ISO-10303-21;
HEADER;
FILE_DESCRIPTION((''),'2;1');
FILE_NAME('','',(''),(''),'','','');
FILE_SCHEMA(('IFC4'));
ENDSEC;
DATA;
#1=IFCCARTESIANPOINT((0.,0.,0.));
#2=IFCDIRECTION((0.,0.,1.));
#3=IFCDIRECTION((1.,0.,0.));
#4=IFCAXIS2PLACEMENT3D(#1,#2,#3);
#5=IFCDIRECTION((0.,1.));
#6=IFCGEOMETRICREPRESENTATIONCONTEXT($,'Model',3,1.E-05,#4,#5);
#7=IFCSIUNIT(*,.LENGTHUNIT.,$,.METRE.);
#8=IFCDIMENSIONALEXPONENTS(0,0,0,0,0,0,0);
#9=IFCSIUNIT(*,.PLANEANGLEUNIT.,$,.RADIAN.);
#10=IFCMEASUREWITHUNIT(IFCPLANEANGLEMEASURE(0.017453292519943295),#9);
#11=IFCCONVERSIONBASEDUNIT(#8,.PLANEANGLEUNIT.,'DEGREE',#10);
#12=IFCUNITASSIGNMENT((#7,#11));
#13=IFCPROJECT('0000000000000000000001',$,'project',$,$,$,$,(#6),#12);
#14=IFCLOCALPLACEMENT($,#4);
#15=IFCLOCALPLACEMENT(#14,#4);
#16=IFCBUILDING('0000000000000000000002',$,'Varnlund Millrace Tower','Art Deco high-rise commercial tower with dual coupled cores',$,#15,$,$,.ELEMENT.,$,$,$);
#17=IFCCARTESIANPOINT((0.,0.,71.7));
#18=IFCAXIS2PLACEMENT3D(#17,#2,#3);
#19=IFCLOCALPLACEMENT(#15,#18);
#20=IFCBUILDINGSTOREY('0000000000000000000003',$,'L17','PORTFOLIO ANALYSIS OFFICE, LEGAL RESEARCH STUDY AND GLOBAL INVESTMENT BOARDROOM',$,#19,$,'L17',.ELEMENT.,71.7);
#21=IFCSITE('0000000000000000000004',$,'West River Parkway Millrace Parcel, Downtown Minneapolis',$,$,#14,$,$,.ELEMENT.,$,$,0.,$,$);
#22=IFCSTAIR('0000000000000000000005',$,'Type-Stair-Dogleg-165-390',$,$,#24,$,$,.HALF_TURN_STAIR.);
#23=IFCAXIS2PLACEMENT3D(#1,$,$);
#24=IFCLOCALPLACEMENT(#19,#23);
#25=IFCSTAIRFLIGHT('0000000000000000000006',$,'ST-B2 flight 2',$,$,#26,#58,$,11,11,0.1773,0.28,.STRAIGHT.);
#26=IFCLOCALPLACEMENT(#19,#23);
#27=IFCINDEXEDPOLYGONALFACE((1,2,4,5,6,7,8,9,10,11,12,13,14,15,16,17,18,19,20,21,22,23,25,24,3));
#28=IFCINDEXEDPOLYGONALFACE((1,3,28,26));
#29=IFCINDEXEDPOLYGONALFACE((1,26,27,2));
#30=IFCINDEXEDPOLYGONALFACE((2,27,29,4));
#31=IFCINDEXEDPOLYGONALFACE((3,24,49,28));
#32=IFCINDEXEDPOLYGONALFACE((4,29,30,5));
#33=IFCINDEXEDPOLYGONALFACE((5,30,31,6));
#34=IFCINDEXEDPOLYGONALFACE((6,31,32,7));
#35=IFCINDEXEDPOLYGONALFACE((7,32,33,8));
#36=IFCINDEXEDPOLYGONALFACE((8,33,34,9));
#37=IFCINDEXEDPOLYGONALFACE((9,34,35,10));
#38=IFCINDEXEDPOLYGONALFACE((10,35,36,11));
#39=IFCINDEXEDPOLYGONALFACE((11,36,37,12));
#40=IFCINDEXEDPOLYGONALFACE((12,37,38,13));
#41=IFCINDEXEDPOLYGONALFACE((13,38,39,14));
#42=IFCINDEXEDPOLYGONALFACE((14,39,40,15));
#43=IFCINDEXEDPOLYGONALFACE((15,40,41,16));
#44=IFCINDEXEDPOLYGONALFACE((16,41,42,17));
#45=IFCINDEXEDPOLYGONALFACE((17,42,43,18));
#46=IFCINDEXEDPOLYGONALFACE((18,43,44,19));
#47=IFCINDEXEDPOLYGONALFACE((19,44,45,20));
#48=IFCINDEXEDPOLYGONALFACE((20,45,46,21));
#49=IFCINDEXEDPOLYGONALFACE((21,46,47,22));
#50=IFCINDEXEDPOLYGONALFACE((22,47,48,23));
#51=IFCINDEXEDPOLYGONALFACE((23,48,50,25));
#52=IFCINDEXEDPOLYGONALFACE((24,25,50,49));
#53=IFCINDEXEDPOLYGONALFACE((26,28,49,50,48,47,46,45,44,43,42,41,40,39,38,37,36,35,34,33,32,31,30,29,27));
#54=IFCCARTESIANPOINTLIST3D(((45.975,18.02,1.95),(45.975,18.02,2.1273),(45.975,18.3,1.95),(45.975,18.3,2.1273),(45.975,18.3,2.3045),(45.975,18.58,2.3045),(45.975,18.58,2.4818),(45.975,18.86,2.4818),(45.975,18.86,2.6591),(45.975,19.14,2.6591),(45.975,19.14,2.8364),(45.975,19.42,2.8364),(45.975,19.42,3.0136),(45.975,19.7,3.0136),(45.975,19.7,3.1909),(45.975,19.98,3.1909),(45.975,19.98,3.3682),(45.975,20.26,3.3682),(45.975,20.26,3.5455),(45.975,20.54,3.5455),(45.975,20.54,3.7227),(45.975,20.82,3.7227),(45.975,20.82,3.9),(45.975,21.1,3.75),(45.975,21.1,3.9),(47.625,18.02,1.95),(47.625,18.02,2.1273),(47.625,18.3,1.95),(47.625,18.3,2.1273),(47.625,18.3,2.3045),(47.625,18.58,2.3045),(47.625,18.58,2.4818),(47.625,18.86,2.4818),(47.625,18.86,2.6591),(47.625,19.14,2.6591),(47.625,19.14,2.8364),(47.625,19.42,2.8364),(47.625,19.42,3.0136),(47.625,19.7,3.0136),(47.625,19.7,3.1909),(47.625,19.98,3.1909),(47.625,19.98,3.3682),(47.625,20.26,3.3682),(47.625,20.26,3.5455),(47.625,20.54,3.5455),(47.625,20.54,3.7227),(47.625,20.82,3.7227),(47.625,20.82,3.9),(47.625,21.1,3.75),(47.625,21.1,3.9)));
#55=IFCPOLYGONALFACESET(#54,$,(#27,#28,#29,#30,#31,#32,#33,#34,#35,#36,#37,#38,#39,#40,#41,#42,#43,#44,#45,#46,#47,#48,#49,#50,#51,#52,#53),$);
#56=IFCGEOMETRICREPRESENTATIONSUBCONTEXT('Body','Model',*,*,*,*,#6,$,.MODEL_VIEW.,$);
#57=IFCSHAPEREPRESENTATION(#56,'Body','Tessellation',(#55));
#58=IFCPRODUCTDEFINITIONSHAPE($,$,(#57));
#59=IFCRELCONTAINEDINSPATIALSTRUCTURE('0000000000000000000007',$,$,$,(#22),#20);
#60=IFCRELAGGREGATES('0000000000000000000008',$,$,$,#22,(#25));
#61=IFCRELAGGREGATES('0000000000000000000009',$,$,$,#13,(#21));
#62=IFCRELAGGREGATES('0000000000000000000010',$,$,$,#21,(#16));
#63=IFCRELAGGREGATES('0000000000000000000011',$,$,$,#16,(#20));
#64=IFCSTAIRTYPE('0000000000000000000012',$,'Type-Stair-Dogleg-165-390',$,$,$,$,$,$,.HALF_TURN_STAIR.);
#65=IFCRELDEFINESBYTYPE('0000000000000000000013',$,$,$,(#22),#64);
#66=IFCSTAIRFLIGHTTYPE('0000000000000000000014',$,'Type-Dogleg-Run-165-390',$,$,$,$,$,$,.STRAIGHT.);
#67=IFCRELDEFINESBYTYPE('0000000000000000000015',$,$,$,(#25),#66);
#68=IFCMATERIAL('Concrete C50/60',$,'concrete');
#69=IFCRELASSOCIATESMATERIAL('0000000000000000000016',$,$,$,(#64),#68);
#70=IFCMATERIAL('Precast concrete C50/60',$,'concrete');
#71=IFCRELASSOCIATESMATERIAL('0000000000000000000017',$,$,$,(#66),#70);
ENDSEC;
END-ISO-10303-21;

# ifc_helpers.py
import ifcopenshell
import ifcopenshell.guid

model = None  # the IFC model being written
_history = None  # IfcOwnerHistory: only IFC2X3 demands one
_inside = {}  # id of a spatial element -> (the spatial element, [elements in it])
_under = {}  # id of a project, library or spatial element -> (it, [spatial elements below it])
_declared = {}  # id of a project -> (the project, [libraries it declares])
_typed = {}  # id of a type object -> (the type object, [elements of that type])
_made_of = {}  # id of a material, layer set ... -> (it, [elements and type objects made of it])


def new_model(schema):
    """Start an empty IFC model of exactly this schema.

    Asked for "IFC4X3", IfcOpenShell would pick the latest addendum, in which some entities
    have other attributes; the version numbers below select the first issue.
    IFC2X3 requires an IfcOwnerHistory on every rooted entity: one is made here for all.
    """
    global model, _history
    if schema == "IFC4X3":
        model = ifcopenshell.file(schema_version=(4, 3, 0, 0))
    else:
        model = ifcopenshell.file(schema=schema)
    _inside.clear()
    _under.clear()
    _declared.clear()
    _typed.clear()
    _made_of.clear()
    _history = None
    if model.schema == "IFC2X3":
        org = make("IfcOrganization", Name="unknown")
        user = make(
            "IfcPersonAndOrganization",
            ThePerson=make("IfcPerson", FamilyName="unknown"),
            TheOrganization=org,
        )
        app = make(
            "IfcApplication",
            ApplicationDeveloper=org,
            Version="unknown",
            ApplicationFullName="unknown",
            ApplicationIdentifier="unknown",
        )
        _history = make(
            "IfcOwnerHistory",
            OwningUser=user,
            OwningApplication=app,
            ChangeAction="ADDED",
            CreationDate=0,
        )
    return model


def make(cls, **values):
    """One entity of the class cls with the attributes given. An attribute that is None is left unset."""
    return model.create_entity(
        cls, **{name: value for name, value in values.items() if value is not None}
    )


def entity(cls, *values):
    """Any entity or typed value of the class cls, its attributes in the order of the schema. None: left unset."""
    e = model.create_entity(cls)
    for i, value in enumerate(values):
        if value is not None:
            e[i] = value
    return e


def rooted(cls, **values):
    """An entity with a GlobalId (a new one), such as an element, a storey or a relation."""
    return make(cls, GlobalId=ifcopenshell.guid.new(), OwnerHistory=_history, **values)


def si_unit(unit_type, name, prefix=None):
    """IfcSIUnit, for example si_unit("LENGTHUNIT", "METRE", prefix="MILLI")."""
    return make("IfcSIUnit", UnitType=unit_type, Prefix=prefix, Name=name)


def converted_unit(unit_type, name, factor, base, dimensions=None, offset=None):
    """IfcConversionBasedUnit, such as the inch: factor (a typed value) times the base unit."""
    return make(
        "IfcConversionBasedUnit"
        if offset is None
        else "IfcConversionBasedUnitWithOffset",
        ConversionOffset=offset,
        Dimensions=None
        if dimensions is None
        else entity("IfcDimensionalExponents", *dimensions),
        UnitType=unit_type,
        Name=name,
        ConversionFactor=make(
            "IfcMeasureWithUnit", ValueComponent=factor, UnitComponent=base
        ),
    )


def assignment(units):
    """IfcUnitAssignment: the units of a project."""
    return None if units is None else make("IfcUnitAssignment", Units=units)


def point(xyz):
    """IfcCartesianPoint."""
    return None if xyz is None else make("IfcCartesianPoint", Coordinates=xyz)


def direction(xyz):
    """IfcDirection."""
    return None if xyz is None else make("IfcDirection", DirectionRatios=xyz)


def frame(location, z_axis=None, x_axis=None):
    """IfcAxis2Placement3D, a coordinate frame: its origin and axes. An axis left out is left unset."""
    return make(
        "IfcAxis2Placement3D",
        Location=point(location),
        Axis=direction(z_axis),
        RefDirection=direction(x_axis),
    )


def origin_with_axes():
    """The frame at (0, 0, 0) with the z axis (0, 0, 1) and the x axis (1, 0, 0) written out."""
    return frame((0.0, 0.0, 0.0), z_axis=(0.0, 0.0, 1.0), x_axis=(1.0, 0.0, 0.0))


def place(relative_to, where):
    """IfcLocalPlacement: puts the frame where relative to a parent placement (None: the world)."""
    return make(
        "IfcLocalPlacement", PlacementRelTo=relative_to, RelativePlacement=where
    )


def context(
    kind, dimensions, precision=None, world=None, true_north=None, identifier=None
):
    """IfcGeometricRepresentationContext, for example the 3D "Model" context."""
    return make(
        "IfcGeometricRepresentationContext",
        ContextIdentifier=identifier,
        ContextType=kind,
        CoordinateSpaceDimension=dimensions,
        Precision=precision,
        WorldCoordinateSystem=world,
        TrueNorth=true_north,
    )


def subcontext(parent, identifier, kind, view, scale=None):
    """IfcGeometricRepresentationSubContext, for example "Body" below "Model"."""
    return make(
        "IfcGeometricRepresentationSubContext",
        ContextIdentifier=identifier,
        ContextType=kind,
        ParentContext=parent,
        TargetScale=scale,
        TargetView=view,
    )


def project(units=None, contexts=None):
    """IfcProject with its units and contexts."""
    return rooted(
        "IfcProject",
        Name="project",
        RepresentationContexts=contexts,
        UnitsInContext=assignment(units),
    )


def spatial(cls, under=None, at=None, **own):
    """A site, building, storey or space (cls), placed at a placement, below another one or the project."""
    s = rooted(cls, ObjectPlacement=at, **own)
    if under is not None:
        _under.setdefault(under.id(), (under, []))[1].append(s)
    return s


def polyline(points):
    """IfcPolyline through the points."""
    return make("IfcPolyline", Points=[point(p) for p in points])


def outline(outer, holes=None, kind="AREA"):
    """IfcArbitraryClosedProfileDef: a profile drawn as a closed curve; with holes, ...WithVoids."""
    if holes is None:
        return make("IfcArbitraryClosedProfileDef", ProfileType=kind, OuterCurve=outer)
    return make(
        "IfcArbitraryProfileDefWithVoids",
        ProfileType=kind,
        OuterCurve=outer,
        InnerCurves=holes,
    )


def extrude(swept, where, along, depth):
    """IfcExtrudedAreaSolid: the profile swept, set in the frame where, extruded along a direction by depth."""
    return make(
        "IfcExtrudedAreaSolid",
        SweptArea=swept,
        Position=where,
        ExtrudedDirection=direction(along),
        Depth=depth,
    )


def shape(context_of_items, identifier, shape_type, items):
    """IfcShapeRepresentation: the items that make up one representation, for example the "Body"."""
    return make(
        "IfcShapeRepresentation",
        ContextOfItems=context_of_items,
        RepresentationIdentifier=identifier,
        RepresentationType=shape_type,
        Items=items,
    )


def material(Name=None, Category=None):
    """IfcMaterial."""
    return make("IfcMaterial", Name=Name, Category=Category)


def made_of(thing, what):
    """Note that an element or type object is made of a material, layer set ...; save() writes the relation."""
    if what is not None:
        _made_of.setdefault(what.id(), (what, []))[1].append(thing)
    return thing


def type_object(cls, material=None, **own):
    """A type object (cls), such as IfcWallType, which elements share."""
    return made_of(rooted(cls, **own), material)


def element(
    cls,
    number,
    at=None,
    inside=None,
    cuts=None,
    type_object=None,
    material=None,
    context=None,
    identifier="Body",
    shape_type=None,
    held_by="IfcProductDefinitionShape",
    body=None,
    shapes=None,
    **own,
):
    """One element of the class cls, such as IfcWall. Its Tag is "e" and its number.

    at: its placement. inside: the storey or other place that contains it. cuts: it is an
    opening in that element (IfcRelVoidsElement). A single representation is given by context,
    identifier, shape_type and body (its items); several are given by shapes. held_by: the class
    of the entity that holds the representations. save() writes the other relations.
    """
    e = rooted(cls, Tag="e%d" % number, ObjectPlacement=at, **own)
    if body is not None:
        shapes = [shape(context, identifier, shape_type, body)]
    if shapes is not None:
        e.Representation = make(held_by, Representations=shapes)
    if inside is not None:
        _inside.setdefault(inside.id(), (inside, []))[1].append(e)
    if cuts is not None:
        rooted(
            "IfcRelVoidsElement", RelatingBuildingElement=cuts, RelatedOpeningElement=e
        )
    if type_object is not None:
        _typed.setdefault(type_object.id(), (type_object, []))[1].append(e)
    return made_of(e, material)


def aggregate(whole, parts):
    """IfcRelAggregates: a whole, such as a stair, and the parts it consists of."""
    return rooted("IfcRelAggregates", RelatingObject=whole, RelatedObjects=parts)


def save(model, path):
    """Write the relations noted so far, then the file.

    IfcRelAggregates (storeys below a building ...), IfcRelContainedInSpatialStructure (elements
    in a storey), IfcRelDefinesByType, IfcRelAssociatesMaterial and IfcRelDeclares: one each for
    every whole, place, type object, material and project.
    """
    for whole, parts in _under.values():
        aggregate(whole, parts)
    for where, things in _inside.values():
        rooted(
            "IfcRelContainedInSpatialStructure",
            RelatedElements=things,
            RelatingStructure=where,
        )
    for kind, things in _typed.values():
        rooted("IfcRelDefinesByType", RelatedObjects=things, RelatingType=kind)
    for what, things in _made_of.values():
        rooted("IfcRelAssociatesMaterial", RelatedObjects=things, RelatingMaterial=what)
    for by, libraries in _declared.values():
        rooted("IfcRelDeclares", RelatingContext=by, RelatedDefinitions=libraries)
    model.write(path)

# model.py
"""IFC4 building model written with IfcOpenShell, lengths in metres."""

from ifc_helpers import new_model, entity, si_unit, converted_unit, direction, frame, origin_with_axes, place, context, subcontext, project, spatial, polyline, outline, extrude, material, type_object, element, aggregate, save


model = new_model("IFC4")

# Units and contexts
model_context = context("Model", 3, precision=1e-05, world=origin_with_axes(), true_north=direction((0.0, 1.0)))
body_context = subcontext(model_context, "Body", "Model", "MODEL_VIEW")
ifc_project = project(units=[si_unit("LENGTHUNIT", "METRE"), converted_unit("PLANEANGLEUNIT", "DEGREE", entity("IfcPlaneAngleMeasure", 0.017453292519943295), si_unit("PLANEANGLEUNIT", "RADIAN"), dimensions=[0, 0, 0, 0, 0, 0, 0])], contexts=[model_context])

# Site, building, storey
site_placement = place(None, origin_with_axes())
site = spatial("IfcSite", under=ifc_project, at=site_placement, Name="West River Parkway Millrace Parcel, Downtown Minneapolis", CompositionType="ELEMENT", RefElevation=0.0)
building_placement = place(site_placement, origin_with_axes())
building = spatial("IfcBuilding", under=site, at=building_placement, Name="Varnlund Millrace Tower", Description="Art Deco high-rise commercial tower with dual coupled cores", CompositionType="ELEMENT")
storey_placement = place(building_placement, frame((0.0, 0.0, 71.7), z_axis=(0.0, 0.0, 1.0), x_axis=(1.0, 0.0, 0.0)))
storey = spatial("IfcBuildingStorey", under=building, at=storey_placement, Name="L17", Description="PORTFOLIO ANALYSIS OFFICE, LEGAL RESEARCH STUDY AND GLOBAL INVESTMENT BOARDROOM", LongName="L17", CompositionType="ELEMENT", Elevation=71.7)

# Shared definitions
ifc_material_1 = material(Name="Precast concrete C50/60", Category="concrete")

# Stair, stair flight
ifc_material_2 = material(Name="Concrete C50/60", Category="concrete")
stair_type = type_object("IfcStairType", Name="Type-Stair-Dogleg-165-390", PredefinedType="HALF_TURN_STAIR", material=ifc_material_2)
stair_placement = place(storey_placement, origin_with_axes())
stair = element("IfcStair", 1, at=stair_placement, inside=storey, type_object=stair_type, Name="Type-Stair-Dogleg-165-390", PredefinedType="HALF_TURN_STAIR")
stair_flight_type = type_object("IfcStairFlightType", Name="Type-Dogleg-Run-165-390", PredefinedType="STRAIGHT", material=ifc_material_1)
stair_flight_placement = place(storey_placement, frame((45.975, 18.02, 1.95), z_axis=(1.0, 0.0, 0.0), x_axis=(0.0, 1.0, 0.0)))
stair_flight = element("IfcStairFlight", 2, at=stair_flight_placement, type_object=stair_flight_type, Name="ST-B2 flight 2", NumberOfRisers=11, NumberOfTreads=11, PredefinedType="STRAIGHT", RiserHeight=0.1773, TreadLength=0.28, context=body_context, shape_type="SweptSolid", body=[
    extrude(outline(polyline([(0.0, 0.0), (0.0, 0.1773), (0.28, 0.1773), (0.28, 0.3545), (0.56, 0.3545), (0.56, 0.5318), (0.84, 0.5318), (0.84, 0.7091), (1.12, 0.7091), (1.12, 0.8864), (1.4, 0.8864), (1.4, 1.0636), (1.68, 1.0636), (1.68, 1.2409), (1.96, 1.2409), (1.96, 1.4182), (2.24, 1.4182), (2.24, 1.5955), (2.52, 1.5955), (2.52, 1.7727), (2.8, 1.7727), (2.8, 1.95), (3.08, 1.95), (3.08, 1.8), (0.28, 0.0), (0.0, 0.0)])), origin_with_axes(), (0.0, 0.0, 1.0), 1.65),
])
aggregate(stair, [stair_flight])

save(model, "model.ifc")
